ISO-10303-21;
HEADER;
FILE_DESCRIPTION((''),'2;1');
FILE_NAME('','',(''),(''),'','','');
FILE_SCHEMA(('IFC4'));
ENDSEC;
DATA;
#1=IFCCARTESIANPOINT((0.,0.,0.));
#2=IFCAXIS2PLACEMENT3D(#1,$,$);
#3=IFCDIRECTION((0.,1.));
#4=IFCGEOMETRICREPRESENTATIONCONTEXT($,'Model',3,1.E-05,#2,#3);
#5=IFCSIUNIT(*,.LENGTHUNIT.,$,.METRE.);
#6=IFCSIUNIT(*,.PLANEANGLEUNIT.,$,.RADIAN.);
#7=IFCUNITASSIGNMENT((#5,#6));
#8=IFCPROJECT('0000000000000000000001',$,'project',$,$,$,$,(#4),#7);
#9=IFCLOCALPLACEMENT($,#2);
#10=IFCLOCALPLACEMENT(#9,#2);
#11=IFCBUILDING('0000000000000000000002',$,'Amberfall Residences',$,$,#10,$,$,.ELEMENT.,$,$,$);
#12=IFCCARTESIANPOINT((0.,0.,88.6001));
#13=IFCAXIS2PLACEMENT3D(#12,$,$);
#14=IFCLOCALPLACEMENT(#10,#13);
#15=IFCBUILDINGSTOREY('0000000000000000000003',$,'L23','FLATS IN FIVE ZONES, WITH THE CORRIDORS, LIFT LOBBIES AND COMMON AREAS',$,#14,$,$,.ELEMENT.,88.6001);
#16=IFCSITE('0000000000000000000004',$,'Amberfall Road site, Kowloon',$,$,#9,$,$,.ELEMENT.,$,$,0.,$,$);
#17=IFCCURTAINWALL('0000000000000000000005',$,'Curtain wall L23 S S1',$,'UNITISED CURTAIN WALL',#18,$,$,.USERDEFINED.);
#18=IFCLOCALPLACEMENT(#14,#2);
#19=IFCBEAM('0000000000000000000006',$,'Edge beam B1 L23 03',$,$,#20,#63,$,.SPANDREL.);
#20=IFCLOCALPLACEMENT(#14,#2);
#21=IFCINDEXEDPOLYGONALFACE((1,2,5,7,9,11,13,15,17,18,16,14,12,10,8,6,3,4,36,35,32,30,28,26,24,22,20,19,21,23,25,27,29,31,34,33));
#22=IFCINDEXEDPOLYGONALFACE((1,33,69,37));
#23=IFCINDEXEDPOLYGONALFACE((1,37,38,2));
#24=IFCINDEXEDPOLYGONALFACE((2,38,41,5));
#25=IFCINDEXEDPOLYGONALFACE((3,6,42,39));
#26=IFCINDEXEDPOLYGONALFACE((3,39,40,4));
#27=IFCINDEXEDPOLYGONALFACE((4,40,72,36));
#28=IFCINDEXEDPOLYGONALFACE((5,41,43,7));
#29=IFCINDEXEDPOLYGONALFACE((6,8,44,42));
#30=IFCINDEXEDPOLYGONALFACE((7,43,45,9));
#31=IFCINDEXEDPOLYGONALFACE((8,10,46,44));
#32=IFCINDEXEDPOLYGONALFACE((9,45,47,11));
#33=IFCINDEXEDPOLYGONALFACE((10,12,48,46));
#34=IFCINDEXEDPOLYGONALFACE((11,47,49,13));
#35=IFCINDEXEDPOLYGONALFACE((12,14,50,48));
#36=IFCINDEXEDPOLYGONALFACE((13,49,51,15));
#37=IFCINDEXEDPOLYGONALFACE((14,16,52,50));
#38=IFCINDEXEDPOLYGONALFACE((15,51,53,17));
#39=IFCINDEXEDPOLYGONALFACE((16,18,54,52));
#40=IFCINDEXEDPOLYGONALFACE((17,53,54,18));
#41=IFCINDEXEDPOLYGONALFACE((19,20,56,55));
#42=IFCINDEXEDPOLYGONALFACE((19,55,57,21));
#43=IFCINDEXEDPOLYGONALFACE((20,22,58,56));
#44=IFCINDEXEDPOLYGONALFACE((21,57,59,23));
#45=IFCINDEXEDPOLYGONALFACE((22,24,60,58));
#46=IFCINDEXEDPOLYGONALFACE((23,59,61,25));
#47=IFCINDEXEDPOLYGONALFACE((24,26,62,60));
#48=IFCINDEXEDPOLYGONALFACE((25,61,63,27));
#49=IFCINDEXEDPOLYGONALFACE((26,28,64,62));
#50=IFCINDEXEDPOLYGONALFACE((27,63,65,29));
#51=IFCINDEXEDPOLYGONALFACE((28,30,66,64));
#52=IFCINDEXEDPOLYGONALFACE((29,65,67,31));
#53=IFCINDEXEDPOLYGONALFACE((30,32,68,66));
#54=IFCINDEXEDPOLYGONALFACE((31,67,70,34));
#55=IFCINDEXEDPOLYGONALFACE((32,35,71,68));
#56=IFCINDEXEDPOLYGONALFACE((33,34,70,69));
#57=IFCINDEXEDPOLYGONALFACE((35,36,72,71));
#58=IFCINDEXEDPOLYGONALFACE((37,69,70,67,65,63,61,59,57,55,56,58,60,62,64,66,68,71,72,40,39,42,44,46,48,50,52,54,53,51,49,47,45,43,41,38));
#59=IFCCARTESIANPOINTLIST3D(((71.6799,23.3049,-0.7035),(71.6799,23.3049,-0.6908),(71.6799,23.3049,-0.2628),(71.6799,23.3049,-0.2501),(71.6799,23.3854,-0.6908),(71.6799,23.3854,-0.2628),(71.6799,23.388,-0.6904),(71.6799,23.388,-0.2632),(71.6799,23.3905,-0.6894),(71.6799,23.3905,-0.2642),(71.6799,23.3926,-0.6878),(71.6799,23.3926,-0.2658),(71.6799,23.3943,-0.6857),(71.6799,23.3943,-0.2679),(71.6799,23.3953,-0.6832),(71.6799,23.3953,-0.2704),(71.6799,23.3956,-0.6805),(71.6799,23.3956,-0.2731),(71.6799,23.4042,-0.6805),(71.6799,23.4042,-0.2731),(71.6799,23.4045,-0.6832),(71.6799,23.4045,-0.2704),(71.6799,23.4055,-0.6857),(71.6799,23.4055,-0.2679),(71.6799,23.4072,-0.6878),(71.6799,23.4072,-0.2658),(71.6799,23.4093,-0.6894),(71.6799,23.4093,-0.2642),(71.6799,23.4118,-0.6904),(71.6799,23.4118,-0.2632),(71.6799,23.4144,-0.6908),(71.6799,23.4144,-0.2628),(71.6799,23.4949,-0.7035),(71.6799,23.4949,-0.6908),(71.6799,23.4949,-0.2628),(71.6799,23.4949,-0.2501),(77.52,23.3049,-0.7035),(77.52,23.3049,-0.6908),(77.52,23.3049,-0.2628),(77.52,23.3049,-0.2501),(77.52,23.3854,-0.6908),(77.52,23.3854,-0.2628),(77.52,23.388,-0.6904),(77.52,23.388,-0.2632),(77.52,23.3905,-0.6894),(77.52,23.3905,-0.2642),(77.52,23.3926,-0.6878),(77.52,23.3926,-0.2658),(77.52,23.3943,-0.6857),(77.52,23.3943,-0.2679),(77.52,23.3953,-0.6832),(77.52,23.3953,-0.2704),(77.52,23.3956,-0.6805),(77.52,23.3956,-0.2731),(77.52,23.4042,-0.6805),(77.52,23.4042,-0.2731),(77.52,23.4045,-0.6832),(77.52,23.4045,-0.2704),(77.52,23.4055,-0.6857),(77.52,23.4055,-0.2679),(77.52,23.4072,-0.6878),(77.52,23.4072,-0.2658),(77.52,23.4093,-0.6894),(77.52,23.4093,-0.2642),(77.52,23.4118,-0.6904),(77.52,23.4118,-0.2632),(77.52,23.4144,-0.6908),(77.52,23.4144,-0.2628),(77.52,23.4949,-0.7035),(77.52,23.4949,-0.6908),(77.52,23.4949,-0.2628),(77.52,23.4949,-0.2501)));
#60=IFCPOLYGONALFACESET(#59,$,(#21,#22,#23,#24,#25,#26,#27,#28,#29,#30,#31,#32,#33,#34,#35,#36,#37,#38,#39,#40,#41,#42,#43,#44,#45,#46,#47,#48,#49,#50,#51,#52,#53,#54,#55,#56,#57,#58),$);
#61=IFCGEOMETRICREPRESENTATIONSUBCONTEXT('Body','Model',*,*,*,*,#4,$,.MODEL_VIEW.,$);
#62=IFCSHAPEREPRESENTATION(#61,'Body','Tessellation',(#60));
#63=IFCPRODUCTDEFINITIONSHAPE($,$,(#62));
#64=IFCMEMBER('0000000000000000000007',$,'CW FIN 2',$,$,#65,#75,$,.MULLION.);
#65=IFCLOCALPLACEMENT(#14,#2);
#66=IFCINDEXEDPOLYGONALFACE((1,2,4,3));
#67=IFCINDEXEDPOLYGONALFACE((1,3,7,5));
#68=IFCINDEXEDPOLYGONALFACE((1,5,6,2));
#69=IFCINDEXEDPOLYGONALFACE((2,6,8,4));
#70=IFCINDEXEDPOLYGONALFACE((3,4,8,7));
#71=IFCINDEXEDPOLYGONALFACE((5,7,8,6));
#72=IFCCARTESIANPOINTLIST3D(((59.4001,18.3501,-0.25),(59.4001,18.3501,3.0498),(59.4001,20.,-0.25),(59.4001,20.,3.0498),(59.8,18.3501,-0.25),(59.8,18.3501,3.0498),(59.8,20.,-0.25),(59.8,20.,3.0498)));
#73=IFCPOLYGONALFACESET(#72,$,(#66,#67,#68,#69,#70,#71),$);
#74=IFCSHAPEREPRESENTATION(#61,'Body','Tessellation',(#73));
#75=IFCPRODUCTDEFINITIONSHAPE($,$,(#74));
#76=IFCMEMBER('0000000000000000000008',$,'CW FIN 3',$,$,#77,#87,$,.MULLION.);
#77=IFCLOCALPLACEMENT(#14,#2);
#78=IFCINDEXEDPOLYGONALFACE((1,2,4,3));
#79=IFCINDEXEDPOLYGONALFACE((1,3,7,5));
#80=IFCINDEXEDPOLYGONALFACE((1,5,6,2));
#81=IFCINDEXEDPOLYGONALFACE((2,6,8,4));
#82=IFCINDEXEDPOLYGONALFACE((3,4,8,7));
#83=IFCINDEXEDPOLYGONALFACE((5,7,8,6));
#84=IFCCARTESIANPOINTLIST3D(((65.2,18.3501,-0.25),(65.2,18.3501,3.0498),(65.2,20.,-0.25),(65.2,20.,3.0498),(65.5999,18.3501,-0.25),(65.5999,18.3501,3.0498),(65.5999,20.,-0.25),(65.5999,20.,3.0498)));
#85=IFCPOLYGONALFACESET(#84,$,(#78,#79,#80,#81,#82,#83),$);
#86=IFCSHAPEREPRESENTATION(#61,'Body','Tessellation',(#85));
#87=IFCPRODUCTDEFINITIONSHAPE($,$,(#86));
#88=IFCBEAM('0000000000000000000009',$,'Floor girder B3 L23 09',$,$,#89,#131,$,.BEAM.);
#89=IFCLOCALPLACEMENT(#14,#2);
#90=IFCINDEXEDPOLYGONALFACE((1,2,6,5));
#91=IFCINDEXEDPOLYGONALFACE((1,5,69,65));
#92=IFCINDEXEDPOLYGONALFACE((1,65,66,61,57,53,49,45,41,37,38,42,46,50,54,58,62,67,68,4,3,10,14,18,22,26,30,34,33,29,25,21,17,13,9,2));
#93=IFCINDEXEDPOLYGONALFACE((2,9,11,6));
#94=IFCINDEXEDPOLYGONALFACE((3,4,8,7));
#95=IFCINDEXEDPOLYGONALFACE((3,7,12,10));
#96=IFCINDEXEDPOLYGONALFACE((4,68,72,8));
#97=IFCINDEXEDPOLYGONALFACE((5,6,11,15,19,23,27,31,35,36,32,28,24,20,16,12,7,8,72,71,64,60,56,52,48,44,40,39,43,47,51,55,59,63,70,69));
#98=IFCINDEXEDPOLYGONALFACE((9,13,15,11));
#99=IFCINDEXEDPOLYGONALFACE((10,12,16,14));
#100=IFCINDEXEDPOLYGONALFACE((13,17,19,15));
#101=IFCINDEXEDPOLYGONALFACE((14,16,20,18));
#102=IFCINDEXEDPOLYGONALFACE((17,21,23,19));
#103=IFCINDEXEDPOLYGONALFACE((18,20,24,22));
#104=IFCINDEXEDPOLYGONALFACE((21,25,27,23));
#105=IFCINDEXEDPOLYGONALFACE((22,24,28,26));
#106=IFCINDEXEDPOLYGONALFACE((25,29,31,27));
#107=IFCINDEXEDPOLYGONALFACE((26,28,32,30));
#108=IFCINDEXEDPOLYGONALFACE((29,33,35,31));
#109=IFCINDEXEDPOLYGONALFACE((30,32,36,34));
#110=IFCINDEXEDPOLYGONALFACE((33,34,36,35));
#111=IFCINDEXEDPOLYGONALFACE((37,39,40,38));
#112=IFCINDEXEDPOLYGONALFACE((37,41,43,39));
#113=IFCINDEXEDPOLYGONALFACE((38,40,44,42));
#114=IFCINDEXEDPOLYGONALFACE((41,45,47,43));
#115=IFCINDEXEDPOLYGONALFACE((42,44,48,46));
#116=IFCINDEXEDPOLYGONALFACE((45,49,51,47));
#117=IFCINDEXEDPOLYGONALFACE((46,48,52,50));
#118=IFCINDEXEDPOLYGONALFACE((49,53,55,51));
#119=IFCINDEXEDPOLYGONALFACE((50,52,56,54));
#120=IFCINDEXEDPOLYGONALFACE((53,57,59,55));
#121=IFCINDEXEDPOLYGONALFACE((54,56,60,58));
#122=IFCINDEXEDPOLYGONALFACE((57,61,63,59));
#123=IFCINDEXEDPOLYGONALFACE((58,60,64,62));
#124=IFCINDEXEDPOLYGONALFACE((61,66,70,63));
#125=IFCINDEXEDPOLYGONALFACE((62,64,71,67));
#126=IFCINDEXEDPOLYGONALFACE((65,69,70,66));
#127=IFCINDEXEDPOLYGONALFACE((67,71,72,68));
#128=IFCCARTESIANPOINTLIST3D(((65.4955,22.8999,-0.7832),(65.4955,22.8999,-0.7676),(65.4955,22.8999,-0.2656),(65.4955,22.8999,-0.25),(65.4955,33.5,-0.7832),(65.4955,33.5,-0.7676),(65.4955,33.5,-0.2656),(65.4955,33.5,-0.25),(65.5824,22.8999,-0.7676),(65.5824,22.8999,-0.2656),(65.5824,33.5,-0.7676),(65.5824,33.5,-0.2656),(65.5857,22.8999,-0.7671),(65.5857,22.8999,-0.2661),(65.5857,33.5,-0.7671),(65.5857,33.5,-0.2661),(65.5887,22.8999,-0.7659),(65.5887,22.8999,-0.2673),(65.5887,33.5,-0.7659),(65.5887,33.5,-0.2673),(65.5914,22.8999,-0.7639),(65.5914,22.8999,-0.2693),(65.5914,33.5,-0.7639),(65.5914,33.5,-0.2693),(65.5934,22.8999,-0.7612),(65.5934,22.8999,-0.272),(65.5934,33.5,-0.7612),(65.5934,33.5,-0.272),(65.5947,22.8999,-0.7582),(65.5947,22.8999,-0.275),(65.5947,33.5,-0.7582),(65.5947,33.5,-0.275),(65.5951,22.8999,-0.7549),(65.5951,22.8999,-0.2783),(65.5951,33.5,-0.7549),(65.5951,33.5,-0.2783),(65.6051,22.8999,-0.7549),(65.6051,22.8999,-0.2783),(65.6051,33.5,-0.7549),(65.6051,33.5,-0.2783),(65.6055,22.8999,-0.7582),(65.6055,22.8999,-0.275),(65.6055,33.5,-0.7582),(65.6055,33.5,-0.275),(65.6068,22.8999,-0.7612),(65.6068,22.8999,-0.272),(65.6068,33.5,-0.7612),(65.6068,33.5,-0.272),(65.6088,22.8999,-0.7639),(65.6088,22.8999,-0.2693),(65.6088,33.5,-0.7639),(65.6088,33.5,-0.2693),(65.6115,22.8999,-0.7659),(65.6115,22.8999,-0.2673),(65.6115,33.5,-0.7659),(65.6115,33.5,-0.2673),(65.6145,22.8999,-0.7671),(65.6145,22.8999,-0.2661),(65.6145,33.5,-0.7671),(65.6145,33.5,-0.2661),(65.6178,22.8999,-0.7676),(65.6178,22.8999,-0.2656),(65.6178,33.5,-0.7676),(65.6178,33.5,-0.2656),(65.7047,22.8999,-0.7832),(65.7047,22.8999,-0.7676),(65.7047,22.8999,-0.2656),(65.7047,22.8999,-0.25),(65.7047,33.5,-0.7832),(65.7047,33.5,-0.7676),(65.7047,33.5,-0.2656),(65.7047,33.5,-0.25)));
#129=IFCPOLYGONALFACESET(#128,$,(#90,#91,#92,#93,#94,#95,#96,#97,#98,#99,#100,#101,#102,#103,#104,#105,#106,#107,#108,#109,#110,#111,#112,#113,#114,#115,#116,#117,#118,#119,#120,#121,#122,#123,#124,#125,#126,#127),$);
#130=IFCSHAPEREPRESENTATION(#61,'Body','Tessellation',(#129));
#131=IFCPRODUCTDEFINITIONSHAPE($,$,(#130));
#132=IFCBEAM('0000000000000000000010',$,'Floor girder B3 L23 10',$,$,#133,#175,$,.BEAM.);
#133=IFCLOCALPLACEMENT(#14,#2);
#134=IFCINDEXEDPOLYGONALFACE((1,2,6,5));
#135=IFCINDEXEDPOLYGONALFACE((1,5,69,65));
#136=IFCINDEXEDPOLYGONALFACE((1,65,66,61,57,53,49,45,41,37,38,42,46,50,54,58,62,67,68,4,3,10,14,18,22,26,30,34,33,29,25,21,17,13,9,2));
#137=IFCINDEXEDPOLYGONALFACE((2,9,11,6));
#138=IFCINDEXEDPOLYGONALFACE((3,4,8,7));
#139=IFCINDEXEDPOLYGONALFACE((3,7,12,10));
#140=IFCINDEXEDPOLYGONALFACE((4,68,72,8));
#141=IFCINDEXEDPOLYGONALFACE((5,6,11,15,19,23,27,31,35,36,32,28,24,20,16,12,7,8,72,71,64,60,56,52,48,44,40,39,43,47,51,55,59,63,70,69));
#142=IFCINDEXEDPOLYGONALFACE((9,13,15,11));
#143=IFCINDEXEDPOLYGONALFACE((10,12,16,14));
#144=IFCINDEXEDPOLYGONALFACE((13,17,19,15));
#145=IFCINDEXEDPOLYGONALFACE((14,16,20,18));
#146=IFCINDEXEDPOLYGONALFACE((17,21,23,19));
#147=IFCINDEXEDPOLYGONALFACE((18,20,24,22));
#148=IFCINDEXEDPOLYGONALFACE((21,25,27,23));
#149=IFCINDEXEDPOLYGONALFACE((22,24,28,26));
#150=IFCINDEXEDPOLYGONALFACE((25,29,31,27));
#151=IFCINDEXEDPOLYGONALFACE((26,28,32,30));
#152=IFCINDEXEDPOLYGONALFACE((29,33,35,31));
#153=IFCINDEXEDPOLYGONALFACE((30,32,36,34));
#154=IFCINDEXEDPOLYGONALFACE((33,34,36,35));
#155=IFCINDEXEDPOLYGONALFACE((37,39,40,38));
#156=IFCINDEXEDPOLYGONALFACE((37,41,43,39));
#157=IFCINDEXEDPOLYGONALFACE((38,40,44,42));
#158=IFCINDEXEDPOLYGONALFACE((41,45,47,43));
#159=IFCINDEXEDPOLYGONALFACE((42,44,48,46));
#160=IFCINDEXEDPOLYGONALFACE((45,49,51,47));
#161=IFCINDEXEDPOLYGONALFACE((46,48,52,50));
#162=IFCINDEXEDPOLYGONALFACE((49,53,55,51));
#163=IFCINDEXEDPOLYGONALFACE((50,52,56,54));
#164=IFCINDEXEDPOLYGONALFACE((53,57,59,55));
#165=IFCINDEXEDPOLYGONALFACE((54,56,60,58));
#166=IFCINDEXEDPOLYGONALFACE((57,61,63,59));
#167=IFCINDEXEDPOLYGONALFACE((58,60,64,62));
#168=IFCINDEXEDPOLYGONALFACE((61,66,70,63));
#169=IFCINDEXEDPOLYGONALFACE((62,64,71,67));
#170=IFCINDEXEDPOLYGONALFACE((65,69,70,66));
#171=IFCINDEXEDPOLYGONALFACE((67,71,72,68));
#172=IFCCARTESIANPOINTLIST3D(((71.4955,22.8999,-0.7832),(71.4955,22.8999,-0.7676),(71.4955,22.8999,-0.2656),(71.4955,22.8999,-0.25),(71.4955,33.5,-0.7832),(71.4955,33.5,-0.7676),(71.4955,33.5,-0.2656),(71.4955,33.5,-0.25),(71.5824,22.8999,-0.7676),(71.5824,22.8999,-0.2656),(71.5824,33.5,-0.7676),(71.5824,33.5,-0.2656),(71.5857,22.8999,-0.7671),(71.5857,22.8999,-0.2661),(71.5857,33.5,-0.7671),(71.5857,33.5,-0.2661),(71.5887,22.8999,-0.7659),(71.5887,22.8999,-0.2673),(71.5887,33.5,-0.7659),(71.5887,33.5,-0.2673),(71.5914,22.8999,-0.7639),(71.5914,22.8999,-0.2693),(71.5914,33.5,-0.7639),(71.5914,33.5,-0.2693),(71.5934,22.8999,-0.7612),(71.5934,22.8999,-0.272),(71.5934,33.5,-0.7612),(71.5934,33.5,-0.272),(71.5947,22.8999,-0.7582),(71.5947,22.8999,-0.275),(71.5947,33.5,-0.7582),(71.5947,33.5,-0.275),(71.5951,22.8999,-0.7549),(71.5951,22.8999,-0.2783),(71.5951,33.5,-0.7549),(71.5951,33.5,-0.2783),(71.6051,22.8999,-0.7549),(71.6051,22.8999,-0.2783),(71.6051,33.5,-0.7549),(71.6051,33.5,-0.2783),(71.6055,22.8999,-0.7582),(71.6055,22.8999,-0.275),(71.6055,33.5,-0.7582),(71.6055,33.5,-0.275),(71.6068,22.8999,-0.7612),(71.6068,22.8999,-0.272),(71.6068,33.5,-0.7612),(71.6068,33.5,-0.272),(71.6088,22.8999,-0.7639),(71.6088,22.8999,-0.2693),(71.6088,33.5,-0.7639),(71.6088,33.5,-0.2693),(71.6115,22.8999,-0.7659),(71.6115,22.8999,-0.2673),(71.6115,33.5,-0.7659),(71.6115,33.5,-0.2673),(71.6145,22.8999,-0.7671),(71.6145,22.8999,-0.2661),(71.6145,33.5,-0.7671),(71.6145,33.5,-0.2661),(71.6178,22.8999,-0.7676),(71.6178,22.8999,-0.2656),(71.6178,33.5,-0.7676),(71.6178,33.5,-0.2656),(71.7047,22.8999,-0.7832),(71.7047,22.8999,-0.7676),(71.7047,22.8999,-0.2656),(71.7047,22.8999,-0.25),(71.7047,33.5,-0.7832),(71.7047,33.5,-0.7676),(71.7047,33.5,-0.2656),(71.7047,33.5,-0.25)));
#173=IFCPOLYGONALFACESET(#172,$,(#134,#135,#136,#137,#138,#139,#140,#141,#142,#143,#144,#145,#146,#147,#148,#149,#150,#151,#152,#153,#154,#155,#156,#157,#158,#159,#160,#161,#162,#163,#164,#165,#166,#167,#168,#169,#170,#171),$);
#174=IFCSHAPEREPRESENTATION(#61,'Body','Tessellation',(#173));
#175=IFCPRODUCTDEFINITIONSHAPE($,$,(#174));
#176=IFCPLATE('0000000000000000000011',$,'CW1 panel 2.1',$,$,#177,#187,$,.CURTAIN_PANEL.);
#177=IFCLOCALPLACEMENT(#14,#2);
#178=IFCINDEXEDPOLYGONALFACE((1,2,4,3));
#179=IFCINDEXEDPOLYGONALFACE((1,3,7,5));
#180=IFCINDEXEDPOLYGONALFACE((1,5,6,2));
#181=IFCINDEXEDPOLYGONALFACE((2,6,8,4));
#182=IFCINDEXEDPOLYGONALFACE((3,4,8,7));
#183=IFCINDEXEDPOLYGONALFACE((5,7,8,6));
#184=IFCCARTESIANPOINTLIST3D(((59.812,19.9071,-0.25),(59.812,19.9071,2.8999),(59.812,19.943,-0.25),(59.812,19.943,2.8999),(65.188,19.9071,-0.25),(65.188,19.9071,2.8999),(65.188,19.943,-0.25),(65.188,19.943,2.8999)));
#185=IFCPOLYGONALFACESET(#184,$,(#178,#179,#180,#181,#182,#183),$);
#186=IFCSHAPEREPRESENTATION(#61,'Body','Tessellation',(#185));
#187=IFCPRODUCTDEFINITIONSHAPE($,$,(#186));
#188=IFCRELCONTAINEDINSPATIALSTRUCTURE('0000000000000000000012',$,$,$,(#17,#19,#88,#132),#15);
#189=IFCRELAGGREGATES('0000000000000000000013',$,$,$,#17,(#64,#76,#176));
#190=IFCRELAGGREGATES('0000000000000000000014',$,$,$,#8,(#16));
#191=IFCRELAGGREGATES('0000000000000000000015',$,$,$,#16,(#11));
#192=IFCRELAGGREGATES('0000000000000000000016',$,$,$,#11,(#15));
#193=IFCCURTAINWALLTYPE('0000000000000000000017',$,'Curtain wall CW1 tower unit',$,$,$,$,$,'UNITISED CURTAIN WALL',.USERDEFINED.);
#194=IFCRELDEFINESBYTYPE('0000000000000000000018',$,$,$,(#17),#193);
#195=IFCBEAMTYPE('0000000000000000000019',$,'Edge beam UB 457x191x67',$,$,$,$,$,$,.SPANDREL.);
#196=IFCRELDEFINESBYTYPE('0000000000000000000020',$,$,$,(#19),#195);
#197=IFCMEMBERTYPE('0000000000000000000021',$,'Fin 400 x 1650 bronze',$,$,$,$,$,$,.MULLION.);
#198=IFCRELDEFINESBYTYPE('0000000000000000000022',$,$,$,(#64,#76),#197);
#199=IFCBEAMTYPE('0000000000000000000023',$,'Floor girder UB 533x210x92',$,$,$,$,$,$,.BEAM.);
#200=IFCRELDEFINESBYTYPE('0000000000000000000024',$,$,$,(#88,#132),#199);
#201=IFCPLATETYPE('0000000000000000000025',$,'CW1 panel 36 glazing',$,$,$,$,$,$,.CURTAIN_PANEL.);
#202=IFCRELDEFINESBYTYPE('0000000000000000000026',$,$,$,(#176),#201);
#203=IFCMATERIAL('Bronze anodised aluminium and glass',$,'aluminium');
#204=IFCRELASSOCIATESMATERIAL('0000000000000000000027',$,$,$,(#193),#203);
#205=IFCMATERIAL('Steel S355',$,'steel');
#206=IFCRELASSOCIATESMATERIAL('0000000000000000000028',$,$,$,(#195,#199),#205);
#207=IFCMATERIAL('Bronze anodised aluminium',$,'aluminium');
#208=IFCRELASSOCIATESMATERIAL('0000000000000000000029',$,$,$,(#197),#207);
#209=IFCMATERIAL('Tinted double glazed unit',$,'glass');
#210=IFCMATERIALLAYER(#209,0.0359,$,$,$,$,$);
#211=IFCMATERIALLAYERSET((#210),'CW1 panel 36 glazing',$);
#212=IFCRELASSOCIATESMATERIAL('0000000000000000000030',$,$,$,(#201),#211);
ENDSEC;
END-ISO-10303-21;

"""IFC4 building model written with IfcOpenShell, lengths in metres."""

from ifc_helpers import new_model, si_unit, direction, frame, origin, origin_2d, place, context, subcontext, project, spatial, rectangle, i_section, extrude, material, layer, layer_set, material_profile, profile_set, type_object, element, aggregate, save


model = new_model("IFC4")

# Units and contexts
model_context = context("Model", 3, precision=1e-05, world=origin(), true_north=direction((0.0, 1.0)))
body_context = subcontext(model_context, "Body", "Model", "MODEL_VIEW")
ifc_project = project(units=[si_unit("LENGTHUNIT", "METRE"), si_unit("PLANEANGLEUNIT", "RADIAN")], contexts=[model_context])

# Site, building, storey
site_placement = place(None, origin())
site = spatial("IfcSite", under=ifc_project, at=site_placement, Name="Amberfall Road site, Kowloon", CompositionType="ELEMENT", RefElevation=0.0)
building_placement = place(site_placement, origin())
building = spatial("IfcBuilding", under=site, at=building_placement, Name="Amberfall Residences", CompositionType="ELEMENT")
storey_placement = place(building_placement, frame((0.0, 0.0, 88.6001)))
storey = spatial("IfcBuildingStorey", under=building, at=storey_placement, Name="L23", Description="FLATS IN FIVE ZONES, WITH THE CORRIDORS, LIFT LOBBIES AND COMMON AREAS", CompositionType="ELEMENT", Elevation=88.6001)

# Curtain wall
ifc_material_1 = material(Name="Bronze anodised aluminium and glass", Category="aluminium")
curtain_wall_type = type_object("IfcCurtainWallType", Name="Curtain wall CW1 tower unit", ElementType="UNITISED CURTAIN WALL", PredefinedType="USERDEFINED", material=ifc_material_1)
curtain_wall_placement = place(storey_placement, origin())
curtain_wall = element("IfcCurtainWall", 1, at=curtain_wall_placement, inside=storey, type_object=curtain_wall_type, Name="Curtain wall L23 S S1", ObjectType="UNITISED CURTAIN WALL", PredefinedType="USERDEFINED")
ifc_material_2 = material(Name="Bronze anodised aluminium", Category="aluminium")

# Beam
ifc_material_3 = material(Name="Steel S355", Category="steel")
ifc_material_profile_1 = material_profile(ifc_material_3, i_section(OverallWidth=0.1899, OverallDepth=0.4534, WebThickness=0.0085, FlangeThickness=0.0127, FilletRadius=0.0103, at=origin_2d()), Name="UB 457x191x67")
ifc_profile_set_1 = profile_set([ifc_material_profile_1], Name="Steel S355")
beam_type_1 = type_object("IfcBeamType", Name="Edge beam UB 457x191x67", PredefinedType="SPANDREL", material=ifc_profile_set_1)
beam_1_placement = place(storey_placement, frame((71.6799, 23.3999, -0.4768), z_axis=(1.0, 0.0, 0.0), x_axis=(0.0, 1.0, 0.0)))
element("IfcBeam", 2, at=beam_1_placement, inside=storey, type_object=beam_type_1, Name="Edge beam B1 L23 03", PredefinedType="SPANDREL", context=body_context, shape_type="SweptSolid", body=[
    extrude(i_section(OverallWidth=0.1899, OverallDepth=0.4534, WebThickness=0.0085, FlangeThickness=0.0127, FilletRadius=0.0103, at=origin_2d()), origin(), (0.0, 0.0, 1.0), 5.8401),
])

# Members
ifc_material_profile_2 = material_profile(ifc_material_2, rectangle(XDim=1.6499, YDim=0.3999, at=origin_2d()), Name="Fin 400 x 1650 bronze")
ifc_profile_set_2 = profile_set([ifc_material_profile_2], Name="Bronze anodised aluminium")
member_type_1 = type_object("IfcMemberType", Name="Fin 400 x 1650 bronze", PredefinedType="MULLION", material=ifc_profile_set_2)
member_1_placement = place(storey_placement, frame((59.6001, 19.175, -0.25), z_axis=(0.0, 0.0, 1.0), x_axis=(0.0, 1.0, 0.0)))
member_1 = element("IfcMember", 3, at=member_1_placement, type_object=member_type_1, Name="CW FIN 2", PredefinedType="MULLION", context=body_context, shape_type="SweptSolid", body=[
    extrude(rectangle(XDim=1.6499, YDim=0.3999, at=origin_2d()), origin(), (0.0, 0.0, 1.0), 3.2998),
])
member_2_placement = place(storey_placement, frame((65.3999, 19.175, -0.25), z_axis=(0.0, 0.0, 1.0), x_axis=(0.0, 1.0, 0.0)))
member_2 = element("IfcMember", 4, at=member_2_placement, type_object=member_type_1, Name="CW FIN 3", PredefinedType="MULLION", context=body_context, shape_type="SweptSolid", body=[
    extrude(rectangle(XDim=1.6499, YDim=0.3999, at=origin_2d()), origin(), (0.0, 0.0, 1.0), 3.2998),
])

# Beams
ifc_material_profile_3 = material_profile(ifc_material_3, i_section(OverallWidth=0.2092, OverallDepth=0.5332, WebThickness=0.01, FlangeThickness=0.0156, FilletRadius=0.0127, at=origin_2d()), Name="UB 533x210x92")
ifc_profile_set_3 = profile_set([ifc_material_profile_3], Name="Steel S355")
beam_type_2 = type_object("IfcBeamType", Name="Floor girder UB 533x210x92", PredefinedType="BEAM", material=ifc_profile_set_3)
for number, where, z_axis, x_axis, name in (
    (5, (65.6001, 22.8999, -0.5166), (0.0, 1.0, 0.0), (-1.0, 0.0, 0.0), "Floor girder B3 L23 09"),
    (6, (71.6001, 22.8999, -0.5166), (0.0, 1.0, 0.0), (-1.0, 0.0, 0.0), "Floor girder B3 L23 10"),
):
    element("IfcBeam", number, at=place(storey_placement, frame(where, z_axis=z_axis, x_axis=x_axis)), inside=storey, type_object=beam_type_2, Name=name, PredefinedType="BEAM", context=body_context, shape_type="SweptSolid", body=[
        extrude(i_section(OverallWidth=0.2092, OverallDepth=0.5332, WebThickness=0.01, FlangeThickness=0.0156, FilletRadius=0.0127, at=origin_2d()), origin(), (0.0, 0.0, 1.0), 10.6001),
    ])

# Plate
ifc_material_4 = material(Name="Tinted double glazed unit", Category="glass")
ifc_layer_1 = layer(ifc_material_4, 0.0359)
ifc_layer_set_1 = layer_set([ifc_layer_1], Name="CW1 panel 36 glazing")
plate_type = type_object("IfcPlateType", Name="CW1 panel 36 glazing", PredefinedType="CURTAIN_PANEL", material=ifc_layer_set_1)
plate_placement = place(storey_placement, frame((62.5, 19.925, -0.25), z_axis=(0.0, 0.0, 1.0), x_axis=(1.0, 0.0, 0.0)))
plate = element("IfcPlate", 7, at=plate_placement, type_object=plate_type, Name="CW1 panel 2.1", PredefinedType="CURTAIN_PANEL", context=body_context, shape_type="SweptSolid", body=[
    extrude(rectangle(XDim=5.376, YDim=0.0359, at=origin_2d()), origin(), (0.0, 0.0, 1.0), 3.1499),
])
aggregate(curtain_wall, [member_1, member_2, plate])

save(model, "model.ifc")
